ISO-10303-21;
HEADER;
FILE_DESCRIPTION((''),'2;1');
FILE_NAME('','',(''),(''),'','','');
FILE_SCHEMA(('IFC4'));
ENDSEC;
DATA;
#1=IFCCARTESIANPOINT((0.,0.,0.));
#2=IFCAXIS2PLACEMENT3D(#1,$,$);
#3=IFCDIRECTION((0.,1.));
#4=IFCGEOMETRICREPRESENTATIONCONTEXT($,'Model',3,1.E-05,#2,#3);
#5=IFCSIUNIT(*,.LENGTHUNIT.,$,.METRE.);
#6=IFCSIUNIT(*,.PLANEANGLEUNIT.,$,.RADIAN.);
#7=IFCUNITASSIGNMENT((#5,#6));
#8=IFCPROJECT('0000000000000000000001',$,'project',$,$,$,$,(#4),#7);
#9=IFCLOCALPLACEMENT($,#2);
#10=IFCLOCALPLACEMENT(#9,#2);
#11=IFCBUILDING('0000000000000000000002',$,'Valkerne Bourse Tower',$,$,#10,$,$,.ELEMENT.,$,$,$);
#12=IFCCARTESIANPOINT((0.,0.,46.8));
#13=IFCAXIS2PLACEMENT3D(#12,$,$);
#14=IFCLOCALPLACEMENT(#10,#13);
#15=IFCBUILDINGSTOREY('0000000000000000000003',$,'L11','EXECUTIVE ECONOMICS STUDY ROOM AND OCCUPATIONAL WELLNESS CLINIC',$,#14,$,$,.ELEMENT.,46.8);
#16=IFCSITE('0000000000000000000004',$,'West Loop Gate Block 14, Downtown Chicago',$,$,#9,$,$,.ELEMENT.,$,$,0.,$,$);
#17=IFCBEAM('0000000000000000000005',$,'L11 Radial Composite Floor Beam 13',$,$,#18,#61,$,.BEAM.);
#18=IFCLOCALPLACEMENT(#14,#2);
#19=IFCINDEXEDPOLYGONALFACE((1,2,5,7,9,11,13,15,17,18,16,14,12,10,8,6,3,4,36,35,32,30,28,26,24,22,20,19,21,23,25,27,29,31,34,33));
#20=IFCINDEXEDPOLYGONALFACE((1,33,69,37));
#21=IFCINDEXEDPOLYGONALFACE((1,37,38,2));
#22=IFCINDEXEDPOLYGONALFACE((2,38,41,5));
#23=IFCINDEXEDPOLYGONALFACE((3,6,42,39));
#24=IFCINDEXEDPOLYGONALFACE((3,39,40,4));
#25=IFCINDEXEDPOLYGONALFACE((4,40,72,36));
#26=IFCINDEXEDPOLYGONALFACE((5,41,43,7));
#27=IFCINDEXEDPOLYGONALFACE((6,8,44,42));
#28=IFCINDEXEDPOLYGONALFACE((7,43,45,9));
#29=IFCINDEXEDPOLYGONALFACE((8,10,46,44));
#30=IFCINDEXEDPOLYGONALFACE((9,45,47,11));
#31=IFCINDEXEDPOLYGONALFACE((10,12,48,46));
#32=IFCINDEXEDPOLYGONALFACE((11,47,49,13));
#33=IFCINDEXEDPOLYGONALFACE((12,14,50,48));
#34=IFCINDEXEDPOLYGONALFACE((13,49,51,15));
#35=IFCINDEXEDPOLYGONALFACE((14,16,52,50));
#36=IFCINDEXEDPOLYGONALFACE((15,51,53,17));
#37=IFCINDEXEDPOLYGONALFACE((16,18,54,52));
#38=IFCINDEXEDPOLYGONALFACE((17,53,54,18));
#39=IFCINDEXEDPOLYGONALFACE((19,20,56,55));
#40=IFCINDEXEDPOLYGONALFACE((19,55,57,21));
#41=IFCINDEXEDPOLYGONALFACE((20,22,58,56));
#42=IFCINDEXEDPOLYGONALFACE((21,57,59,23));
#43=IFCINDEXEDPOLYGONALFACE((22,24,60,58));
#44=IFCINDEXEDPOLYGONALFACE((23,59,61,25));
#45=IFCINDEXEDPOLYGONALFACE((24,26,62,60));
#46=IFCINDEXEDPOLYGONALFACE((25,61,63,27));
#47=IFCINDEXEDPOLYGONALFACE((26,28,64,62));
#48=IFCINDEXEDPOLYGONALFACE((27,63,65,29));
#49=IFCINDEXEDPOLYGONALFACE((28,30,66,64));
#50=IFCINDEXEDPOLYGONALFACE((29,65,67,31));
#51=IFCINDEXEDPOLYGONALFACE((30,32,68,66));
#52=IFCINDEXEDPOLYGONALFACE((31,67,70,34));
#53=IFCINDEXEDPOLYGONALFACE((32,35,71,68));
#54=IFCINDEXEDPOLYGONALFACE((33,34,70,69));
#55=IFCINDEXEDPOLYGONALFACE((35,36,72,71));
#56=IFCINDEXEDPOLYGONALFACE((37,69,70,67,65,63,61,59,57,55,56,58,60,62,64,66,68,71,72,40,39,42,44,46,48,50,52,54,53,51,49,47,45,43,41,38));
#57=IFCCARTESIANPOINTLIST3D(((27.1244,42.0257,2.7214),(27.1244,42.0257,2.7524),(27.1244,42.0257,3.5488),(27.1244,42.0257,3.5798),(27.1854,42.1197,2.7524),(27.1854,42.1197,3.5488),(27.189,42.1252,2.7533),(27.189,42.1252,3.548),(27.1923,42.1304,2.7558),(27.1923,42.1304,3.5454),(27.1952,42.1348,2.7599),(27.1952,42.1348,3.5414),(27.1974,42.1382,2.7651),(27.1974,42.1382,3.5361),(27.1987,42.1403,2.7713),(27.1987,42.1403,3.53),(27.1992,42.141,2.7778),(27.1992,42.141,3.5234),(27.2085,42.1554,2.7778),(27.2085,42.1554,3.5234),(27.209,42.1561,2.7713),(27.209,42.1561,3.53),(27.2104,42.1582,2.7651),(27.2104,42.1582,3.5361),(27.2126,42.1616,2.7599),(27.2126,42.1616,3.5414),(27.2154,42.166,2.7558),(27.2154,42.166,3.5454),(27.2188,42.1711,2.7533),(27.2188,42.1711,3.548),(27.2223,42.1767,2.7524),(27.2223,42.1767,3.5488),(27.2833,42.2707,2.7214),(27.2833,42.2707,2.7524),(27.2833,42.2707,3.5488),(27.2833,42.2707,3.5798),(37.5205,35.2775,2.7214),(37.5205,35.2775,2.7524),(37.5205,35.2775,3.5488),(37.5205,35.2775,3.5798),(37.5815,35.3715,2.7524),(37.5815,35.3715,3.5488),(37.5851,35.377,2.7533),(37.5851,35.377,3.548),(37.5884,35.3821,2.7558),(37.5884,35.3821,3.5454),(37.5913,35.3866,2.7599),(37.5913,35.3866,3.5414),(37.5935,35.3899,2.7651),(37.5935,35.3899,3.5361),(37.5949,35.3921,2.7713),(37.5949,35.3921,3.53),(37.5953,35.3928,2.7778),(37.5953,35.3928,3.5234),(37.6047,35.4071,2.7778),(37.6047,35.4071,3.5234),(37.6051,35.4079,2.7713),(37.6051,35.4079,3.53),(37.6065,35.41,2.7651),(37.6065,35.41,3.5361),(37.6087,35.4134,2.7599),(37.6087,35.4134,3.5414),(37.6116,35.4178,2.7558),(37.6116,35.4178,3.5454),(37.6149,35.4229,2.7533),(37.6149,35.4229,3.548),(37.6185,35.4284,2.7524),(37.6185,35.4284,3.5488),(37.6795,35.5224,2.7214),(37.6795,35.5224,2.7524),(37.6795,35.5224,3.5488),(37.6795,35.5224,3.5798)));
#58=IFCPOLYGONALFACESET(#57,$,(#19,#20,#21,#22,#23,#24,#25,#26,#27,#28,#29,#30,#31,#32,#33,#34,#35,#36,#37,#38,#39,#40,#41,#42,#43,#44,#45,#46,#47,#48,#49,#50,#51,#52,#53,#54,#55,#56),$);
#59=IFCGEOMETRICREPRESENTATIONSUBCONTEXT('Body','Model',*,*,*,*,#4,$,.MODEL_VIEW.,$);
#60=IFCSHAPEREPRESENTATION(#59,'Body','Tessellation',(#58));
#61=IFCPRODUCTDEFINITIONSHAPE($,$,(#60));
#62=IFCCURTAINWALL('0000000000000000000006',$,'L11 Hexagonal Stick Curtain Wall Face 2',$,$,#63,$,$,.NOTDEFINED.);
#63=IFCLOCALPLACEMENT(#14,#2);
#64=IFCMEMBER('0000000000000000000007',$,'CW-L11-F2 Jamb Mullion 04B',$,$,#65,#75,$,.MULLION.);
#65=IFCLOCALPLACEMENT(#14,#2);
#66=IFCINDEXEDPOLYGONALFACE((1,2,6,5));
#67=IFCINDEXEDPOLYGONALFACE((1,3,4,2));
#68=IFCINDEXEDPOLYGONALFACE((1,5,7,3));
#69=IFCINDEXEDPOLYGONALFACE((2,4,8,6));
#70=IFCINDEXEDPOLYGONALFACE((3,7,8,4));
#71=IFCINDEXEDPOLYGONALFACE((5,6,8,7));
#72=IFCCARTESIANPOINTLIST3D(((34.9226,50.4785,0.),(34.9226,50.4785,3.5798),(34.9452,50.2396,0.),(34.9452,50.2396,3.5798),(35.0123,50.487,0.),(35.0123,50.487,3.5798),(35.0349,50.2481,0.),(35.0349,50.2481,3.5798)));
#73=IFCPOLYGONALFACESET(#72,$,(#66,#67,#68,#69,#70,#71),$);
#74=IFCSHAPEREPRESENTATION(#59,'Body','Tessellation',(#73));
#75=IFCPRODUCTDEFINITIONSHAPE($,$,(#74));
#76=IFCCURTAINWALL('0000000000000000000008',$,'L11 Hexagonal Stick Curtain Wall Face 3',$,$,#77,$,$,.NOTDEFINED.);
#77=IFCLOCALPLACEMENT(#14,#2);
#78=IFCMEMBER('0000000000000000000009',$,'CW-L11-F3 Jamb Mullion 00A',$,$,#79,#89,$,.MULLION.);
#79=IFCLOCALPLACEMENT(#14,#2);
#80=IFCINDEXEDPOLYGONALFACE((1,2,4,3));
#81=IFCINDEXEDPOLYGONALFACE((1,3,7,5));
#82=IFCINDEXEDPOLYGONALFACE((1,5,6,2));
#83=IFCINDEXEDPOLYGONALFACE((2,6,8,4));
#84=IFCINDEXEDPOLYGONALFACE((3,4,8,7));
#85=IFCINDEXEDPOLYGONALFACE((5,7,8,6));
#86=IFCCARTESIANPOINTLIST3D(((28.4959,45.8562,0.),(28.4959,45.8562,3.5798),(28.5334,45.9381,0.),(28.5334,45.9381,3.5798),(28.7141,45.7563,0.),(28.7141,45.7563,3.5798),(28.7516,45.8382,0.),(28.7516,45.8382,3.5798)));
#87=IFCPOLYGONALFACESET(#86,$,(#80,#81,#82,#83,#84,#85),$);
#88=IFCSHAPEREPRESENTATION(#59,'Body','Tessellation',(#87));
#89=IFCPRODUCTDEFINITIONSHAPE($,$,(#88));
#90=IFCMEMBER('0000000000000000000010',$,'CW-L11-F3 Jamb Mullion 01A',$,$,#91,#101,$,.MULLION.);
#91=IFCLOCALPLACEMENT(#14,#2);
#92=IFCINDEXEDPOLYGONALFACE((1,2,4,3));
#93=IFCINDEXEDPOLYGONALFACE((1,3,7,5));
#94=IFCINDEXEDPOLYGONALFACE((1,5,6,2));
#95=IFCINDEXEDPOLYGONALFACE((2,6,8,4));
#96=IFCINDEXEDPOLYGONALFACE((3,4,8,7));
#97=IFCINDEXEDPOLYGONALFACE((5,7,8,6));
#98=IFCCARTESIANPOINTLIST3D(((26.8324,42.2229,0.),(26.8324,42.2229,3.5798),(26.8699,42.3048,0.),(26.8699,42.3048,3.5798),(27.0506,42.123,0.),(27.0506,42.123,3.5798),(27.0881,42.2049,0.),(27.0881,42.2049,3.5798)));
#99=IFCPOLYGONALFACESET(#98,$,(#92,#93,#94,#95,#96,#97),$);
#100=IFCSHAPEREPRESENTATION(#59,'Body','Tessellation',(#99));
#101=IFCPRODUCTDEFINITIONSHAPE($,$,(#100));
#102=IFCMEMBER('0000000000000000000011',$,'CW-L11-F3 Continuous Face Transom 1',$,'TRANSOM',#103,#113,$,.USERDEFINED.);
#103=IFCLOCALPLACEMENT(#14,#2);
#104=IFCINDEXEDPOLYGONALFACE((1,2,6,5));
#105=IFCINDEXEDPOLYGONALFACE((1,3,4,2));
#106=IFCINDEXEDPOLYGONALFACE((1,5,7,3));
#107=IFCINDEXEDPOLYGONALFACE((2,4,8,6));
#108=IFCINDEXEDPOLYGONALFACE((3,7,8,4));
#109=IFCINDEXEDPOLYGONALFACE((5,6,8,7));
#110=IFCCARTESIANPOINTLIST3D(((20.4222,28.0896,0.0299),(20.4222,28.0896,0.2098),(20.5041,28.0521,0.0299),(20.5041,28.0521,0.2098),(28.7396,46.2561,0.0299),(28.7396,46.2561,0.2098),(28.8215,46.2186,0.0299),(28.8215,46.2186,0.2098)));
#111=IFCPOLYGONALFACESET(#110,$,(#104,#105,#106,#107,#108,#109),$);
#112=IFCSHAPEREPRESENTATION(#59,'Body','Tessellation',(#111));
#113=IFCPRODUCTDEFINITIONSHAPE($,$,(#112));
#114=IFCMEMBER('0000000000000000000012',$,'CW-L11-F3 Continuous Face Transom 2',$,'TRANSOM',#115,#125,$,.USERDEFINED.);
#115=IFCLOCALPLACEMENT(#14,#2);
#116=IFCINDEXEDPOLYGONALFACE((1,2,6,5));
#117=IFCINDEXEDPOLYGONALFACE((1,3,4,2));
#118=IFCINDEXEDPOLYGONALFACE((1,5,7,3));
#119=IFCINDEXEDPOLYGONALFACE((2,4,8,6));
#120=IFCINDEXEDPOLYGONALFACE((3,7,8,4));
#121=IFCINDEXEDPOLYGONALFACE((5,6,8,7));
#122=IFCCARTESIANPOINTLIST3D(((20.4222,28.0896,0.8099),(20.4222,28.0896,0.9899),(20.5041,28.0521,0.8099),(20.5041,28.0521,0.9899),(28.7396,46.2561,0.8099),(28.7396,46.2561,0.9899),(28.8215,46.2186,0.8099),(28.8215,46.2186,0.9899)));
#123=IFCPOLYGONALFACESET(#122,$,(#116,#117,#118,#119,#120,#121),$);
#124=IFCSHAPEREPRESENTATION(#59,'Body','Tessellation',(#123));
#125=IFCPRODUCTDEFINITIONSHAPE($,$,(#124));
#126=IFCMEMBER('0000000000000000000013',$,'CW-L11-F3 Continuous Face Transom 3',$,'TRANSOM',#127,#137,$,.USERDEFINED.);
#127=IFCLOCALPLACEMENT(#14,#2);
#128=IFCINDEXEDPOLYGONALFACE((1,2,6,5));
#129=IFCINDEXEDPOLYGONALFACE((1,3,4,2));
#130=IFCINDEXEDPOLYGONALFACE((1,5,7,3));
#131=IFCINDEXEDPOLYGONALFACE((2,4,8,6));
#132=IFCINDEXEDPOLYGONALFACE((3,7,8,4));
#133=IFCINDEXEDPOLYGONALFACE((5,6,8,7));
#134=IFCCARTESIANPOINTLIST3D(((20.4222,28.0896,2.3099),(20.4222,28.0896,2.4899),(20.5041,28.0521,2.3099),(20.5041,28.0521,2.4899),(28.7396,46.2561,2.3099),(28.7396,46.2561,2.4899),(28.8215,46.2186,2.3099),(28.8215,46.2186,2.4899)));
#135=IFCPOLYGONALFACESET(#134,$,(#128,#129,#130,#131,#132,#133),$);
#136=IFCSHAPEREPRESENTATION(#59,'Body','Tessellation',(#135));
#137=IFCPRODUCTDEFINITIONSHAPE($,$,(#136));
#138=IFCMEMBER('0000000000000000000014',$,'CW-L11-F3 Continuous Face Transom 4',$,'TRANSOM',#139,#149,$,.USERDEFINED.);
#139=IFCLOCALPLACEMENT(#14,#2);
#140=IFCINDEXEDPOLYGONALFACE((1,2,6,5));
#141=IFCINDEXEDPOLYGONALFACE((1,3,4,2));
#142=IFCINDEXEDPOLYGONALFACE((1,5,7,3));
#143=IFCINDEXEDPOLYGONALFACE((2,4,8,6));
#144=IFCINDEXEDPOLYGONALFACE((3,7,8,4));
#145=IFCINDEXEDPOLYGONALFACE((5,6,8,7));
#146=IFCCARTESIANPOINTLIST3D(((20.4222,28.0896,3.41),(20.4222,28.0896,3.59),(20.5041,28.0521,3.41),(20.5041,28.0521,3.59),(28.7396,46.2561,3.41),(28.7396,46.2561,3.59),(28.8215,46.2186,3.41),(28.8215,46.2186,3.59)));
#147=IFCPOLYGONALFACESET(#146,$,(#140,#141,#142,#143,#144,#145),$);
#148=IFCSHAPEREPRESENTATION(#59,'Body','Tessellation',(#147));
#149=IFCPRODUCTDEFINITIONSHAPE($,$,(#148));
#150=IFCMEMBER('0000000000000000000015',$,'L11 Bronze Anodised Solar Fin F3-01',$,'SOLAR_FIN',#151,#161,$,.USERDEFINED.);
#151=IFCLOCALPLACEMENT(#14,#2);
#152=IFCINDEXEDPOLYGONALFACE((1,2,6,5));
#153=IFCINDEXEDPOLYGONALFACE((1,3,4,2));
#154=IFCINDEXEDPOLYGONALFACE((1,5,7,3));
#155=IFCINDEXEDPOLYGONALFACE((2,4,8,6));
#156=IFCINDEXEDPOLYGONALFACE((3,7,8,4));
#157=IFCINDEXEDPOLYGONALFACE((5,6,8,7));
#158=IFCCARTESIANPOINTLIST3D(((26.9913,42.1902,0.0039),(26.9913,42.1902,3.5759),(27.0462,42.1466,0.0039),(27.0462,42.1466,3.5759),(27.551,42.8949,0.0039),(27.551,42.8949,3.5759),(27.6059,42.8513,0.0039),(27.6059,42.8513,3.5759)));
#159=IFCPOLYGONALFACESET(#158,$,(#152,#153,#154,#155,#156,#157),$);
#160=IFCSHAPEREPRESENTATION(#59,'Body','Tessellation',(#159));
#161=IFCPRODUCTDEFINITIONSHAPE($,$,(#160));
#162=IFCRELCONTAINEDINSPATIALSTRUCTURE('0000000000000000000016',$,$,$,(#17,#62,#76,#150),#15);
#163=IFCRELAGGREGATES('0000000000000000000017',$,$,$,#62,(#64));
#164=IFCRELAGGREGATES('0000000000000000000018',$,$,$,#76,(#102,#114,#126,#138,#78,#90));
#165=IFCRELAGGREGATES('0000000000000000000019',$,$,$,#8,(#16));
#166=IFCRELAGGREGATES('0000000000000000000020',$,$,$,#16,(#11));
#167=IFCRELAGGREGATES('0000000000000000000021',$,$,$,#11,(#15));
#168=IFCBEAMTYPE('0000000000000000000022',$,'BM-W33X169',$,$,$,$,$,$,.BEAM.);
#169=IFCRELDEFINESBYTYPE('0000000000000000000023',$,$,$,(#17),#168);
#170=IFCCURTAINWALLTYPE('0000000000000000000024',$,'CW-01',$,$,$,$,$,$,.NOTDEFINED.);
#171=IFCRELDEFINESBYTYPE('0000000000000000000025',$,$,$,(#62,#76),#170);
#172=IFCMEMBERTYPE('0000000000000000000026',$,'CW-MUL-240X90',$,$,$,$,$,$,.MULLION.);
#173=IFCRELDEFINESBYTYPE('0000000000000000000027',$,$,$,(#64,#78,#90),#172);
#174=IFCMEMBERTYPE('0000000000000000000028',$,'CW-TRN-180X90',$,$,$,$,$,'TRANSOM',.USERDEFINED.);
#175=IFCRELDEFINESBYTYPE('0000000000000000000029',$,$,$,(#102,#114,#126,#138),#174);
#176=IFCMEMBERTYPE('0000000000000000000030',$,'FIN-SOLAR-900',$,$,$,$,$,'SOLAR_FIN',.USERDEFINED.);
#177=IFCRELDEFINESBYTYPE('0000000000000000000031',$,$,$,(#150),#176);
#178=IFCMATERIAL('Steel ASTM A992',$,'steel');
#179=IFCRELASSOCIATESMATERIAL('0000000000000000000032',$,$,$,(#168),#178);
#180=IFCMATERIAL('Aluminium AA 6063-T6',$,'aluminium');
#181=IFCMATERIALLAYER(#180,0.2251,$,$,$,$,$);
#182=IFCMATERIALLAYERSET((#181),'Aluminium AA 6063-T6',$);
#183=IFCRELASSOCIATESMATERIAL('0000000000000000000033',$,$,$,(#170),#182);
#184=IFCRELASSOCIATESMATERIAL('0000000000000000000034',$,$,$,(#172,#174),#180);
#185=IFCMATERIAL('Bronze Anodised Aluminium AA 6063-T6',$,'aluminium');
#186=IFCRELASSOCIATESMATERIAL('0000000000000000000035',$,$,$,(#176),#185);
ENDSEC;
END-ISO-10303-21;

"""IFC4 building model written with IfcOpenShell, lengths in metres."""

from ifc_helpers import new_model, si_unit, direction, frame, origin, origin_2d, place, context, subcontext, project, spatial, rectangle, i_section, extrude, material, layer, layer_set, material_profile, profile_set, type_object, element, aggregate, save


model = new_model("IFC4")

# Units and contexts
model_context = context("Model", 3, precision=1e-05, world=origin(), true_north=direction((0.0, 1.0)))
body_context = subcontext(model_context, "Body", "Model", "MODEL_VIEW")
ifc_project = project(units=[si_unit("LENGTHUNIT", "METRE"), si_unit("PLANEANGLEUNIT", "RADIAN")], contexts=[model_context])

# Site, building, storey
site_placement = place(None, origin())
site = spatial("IfcSite", under=ifc_project, at=site_placement, Name="West Loop Gate Block 14, Downtown Chicago", CompositionType="ELEMENT", RefElevation=0.0)
building_placement = place(site_placement, origin())
building = spatial("IfcBuilding", under=site, at=building_placement, Name="Valkerne Bourse Tower", CompositionType="ELEMENT")
storey_placement = place(building_placement, frame((0.0, 0.0, 46.8)))
storey = spatial("IfcBuildingStorey", under=building, at=storey_placement, Name="L11", Description="EXECUTIVE ECONOMICS STUDY ROOM AND OCCUPATIONAL WELLNESS CLINIC", CompositionType="ELEMENT", Elevation=46.8)

# Beam
ifc_material_1 = material(Name="Steel ASTM A992", Category="steel")
ifc_material_profile_1 = material_profile(ifc_material_1, i_section(OverallWidth=0.292, OverallDepth=0.8584, WebThickness=0.0171, FlangeThickness=0.031, FilletRadius=0.0254, at=origin_2d()), Name="W33X169")
ifc_profile_set_1 = profile_set([ifc_material_profile_1], Name="Steel ASTM A992")
beam_type_1 = type_object("IfcBeamType", Name="BM-W33X169", PredefinedType="BEAM", material=ifc_profile_set_1)
beam_1_placement = place(storey_placement, frame((27.2039, 42.1482, 3.1506), z_axis=(0.838785, -0.544463, 0.0), x_axis=(0.544463, 0.838785, 0.0)))
element("IfcBeam", 1, at=beam_1_placement, inside=storey, type_object=beam_type_1, Name="L11 Radial Composite Floor Beam 13", PredefinedType="BEAM", context=body_context, shape_type="SweptSolid", body=[
    extrude(i_section(OverallWidth=0.292, OverallDepth=0.8584, WebThickness=0.0171, FlangeThickness=0.031, FilletRadius=0.0254, at=origin_2d()), origin(), (0.0, 0.0, 1.0), 12.3943),
])

# Curtain wall, member
ifc_material_2 = material(Name="Aluminium AA 6063-T6", Category="aluminium")
ifc_layer_1 = layer(ifc_material_2, 0.2251)
ifc_layer_set_1 = layer_set([ifc_layer_1], Name="Aluminium AA 6063-T6")
curtain_wall_type = type_object("IfcCurtainWallType", Name="CW-01", PredefinedType="NOTDEFINED", material=ifc_layer_set_1)
curtain_wall_1_placement = place(storey_placement, origin())
curtain_wall_1 = element("IfcCurtainWall", 2, at=curtain_wall_1_placement, inside=storey, type_object=curtain_wall_type, Name="L11 Hexagonal Stick Curtain Wall Face 2", PredefinedType="NOTDEFINED")
ifc_material_profile_2 = material_profile(ifc_material_2, rectangle(XDim=0.0901, YDim=0.24, at=origin_2d()), Name="CWM-90X240")
ifc_profile_set_2 = profile_set([ifc_material_profile_2], Name="Aluminium AA 6063-T6")
member_type_1 = type_object("IfcMemberType", Name="CW-MUL-240X90", PredefinedType="MULLION", material=ifc_profile_set_2)
member_1_placement = place(storey_placement, frame((34.9788, 50.3633, 0.0), z_axis=(0.0, 0.0, 1.0), x_axis=(-0.995561, -0.094118, 0.0)))
member_1 = element("IfcMember", 3, at=member_1_placement, type_object=member_type_1, Name="CW-L11-F2 Jamb Mullion 04B", PredefinedType="MULLION", context=body_context, shape_type="SweptSolid", body=[
    extrude(rectangle(XDim=0.0901, YDim=0.24, at=origin_2d()), origin(), (0.0, 0.0, 1.0), 3.5798),
])

# Curtain wall, members
curtain_wall_2_placement = place(storey_placement, origin())
curtain_wall_2 = element("IfcCurtainWall", 4, at=curtain_wall_2_placement, inside=storey, type_object=curtain_wall_type, Name="L11 Hexagonal Stick Curtain Wall Face 3", PredefinedType="NOTDEFINED")
member_2_placement = place(storey_placement, frame((28.6238, 45.8472, 0.0), z_axis=(0.0, 0.0, 1.0), x_axis=(-0.41629, -0.909232, 0.0)))
member_2 = element("IfcMember", 5, at=member_2_placement, type_object=member_type_1, Name="CW-L11-F3 Jamb Mullion 00A", PredefinedType="MULLION", context=body_context, shape_type="SweptSolid", body=[
    extrude(rectangle(XDim=0.0901, YDim=0.24, at=origin_2d()), origin(), (0.0, 0.0, 1.0), 3.5798),
])
member_3_placement = place(storey_placement, frame((26.9602, 42.2139, 0.0), z_axis=(0.0, 0.0, 1.0), x_axis=(-0.416269, -0.909241, 0.0)))
member_3 = element("IfcMember", 6, at=member_3_placement, type_object=member_type_1, Name="CW-L11-F3 Jamb Mullion 01A", PredefinedType="MULLION", context=body_context, shape_type="SweptSolid", body=[
    extrude(rectangle(XDim=0.0901, YDim=0.24, at=origin_2d()), origin(), (0.0, 0.0, 1.0), 3.5798),
])
ifc_material_profile_3 = material_profile(ifc_material_2, rectangle(XDim=0.0901, YDim=0.1799, at=origin_2d()), Name="CWT-90X180")
ifc_profile_set_3 = profile_set([ifc_material_profile_3], Name="Aluminium AA 6063-T6")
member_type_2 = type_object("IfcMemberType", Name="CW-TRN-180X90", ElementType="TRANSOM", PredefinedType="USERDEFINED", material=ifc_profile_set_3)
member_4_placement = place(storey_placement, frame((28.7805, 46.2373, 0.1199), z_axis=(-0.416285, -0.909234, 0.0), x_axis=(0.909234, -0.416285, 0.0)))
member_4 = element("IfcMember", 7, at=member_4_placement, type_object=member_type_2, Name="CW-L11-F3 Continuous Face Transom 1", ObjectType="TRANSOM", PredefinedType="USERDEFINED", context=body_context, shape_type="SweptSolid", body=[
    extrude(rectangle(XDim=0.0901, YDim=0.1799, at=origin_2d()), origin(), (0.0, 0.0, 1.0), 19.98),
])
member_5_placement = place(storey_placement, frame((28.7805, 46.2373, 0.8999), z_axis=(-0.416285, -0.909234, 0.0), x_axis=(0.909234, -0.416285, 0.0)))
member_5 = element("IfcMember", 8, at=member_5_placement, type_object=member_type_2, Name="CW-L11-F3 Continuous Face Transom 2", ObjectType="TRANSOM", PredefinedType="USERDEFINED", context=body_context, shape_type="SweptSolid", body=[
    extrude(rectangle(XDim=0.0901, YDim=0.1799, at=origin_2d()), origin(), (0.0, 0.0, 1.0), 19.98),
])
member_6_placement = place(storey_placement, frame((28.7805, 46.2373, 2.3999), z_axis=(-0.416285, -0.909234, 0.0), x_axis=(0.909234, -0.416285, 0.0)))
member_6 = element("IfcMember", 9, at=member_6_placement, type_object=member_type_2, Name="CW-L11-F3 Continuous Face Transom 3", ObjectType="TRANSOM", PredefinedType="USERDEFINED", context=body_context, shape_type="SweptSolid", body=[
    extrude(rectangle(XDim=0.0901, YDim=0.1799, at=origin_2d()), origin(), (0.0, 0.0, 1.0), 19.98),
])
member_7_placement = place(storey_placement, frame((28.7805, 46.2373, 3.5), z_axis=(-0.416285, -0.909234, 0.0), x_axis=(0.909234, -0.416285, 0.0)))
member_7 = element("IfcMember", 10, at=member_7_placement, type_object=member_type_2, Name="CW-L11-F3 Continuous Face Transom 4", ObjectType="TRANSOM", PredefinedType="USERDEFINED", context=body_context, shape_type="SweptSolid", body=[
    extrude(rectangle(XDim=0.0901, YDim=0.1799, at=origin_2d()), origin(), (0.0, 0.0, 1.0), 19.98),
])

# Member
ifc_material_3 = material(Name="Bronze Anodised Aluminium AA 6063-T6", Category="aluminium")
ifc_material_profile_4 = material_profile(ifc_material_3, rectangle(XDim=0.0701, YDim=0.8999, at=origin_2d()), Name="FIN-70X900")
ifc_profile_set_4 = profile_set([ifc_material_profile_4], Name="Bronze Anodised Aluminium AA 6063-T6")
member_type_3 = type_object("IfcMemberType", Name="FIN-SOLAR-900", ElementType="SOLAR_FIN", PredefinedType="USERDEFINED", material=ifc_profile_set_4)
member_8_placement = place(storey_placement, frame((27.2986, 42.5208, 0.0039), z_axis=(0.0, 0.0, 1.0), x_axis=(-0.783046, 0.621963, 0.0)))
element("IfcMember", 11, at=member_8_placement, inside=storey, type_object=member_type_3, Name="L11 Bronze Anodised Solar Fin F3-01", ObjectType="SOLAR_FIN", PredefinedType="USERDEFINED", context=body_context, shape_type="SweptSolid", body=[
    extrude(rectangle(XDim=0.0701, YDim=0.8999, at=origin_2d()), origin(), (0.0, 0.0, 1.0), 3.572),
])

aggregate(curtain_wall_1, [member_1])
aggregate(curtain_wall_2, [member_4, member_5, member_6, member_7, member_2, member_3])

save(model, "model.ifc")
